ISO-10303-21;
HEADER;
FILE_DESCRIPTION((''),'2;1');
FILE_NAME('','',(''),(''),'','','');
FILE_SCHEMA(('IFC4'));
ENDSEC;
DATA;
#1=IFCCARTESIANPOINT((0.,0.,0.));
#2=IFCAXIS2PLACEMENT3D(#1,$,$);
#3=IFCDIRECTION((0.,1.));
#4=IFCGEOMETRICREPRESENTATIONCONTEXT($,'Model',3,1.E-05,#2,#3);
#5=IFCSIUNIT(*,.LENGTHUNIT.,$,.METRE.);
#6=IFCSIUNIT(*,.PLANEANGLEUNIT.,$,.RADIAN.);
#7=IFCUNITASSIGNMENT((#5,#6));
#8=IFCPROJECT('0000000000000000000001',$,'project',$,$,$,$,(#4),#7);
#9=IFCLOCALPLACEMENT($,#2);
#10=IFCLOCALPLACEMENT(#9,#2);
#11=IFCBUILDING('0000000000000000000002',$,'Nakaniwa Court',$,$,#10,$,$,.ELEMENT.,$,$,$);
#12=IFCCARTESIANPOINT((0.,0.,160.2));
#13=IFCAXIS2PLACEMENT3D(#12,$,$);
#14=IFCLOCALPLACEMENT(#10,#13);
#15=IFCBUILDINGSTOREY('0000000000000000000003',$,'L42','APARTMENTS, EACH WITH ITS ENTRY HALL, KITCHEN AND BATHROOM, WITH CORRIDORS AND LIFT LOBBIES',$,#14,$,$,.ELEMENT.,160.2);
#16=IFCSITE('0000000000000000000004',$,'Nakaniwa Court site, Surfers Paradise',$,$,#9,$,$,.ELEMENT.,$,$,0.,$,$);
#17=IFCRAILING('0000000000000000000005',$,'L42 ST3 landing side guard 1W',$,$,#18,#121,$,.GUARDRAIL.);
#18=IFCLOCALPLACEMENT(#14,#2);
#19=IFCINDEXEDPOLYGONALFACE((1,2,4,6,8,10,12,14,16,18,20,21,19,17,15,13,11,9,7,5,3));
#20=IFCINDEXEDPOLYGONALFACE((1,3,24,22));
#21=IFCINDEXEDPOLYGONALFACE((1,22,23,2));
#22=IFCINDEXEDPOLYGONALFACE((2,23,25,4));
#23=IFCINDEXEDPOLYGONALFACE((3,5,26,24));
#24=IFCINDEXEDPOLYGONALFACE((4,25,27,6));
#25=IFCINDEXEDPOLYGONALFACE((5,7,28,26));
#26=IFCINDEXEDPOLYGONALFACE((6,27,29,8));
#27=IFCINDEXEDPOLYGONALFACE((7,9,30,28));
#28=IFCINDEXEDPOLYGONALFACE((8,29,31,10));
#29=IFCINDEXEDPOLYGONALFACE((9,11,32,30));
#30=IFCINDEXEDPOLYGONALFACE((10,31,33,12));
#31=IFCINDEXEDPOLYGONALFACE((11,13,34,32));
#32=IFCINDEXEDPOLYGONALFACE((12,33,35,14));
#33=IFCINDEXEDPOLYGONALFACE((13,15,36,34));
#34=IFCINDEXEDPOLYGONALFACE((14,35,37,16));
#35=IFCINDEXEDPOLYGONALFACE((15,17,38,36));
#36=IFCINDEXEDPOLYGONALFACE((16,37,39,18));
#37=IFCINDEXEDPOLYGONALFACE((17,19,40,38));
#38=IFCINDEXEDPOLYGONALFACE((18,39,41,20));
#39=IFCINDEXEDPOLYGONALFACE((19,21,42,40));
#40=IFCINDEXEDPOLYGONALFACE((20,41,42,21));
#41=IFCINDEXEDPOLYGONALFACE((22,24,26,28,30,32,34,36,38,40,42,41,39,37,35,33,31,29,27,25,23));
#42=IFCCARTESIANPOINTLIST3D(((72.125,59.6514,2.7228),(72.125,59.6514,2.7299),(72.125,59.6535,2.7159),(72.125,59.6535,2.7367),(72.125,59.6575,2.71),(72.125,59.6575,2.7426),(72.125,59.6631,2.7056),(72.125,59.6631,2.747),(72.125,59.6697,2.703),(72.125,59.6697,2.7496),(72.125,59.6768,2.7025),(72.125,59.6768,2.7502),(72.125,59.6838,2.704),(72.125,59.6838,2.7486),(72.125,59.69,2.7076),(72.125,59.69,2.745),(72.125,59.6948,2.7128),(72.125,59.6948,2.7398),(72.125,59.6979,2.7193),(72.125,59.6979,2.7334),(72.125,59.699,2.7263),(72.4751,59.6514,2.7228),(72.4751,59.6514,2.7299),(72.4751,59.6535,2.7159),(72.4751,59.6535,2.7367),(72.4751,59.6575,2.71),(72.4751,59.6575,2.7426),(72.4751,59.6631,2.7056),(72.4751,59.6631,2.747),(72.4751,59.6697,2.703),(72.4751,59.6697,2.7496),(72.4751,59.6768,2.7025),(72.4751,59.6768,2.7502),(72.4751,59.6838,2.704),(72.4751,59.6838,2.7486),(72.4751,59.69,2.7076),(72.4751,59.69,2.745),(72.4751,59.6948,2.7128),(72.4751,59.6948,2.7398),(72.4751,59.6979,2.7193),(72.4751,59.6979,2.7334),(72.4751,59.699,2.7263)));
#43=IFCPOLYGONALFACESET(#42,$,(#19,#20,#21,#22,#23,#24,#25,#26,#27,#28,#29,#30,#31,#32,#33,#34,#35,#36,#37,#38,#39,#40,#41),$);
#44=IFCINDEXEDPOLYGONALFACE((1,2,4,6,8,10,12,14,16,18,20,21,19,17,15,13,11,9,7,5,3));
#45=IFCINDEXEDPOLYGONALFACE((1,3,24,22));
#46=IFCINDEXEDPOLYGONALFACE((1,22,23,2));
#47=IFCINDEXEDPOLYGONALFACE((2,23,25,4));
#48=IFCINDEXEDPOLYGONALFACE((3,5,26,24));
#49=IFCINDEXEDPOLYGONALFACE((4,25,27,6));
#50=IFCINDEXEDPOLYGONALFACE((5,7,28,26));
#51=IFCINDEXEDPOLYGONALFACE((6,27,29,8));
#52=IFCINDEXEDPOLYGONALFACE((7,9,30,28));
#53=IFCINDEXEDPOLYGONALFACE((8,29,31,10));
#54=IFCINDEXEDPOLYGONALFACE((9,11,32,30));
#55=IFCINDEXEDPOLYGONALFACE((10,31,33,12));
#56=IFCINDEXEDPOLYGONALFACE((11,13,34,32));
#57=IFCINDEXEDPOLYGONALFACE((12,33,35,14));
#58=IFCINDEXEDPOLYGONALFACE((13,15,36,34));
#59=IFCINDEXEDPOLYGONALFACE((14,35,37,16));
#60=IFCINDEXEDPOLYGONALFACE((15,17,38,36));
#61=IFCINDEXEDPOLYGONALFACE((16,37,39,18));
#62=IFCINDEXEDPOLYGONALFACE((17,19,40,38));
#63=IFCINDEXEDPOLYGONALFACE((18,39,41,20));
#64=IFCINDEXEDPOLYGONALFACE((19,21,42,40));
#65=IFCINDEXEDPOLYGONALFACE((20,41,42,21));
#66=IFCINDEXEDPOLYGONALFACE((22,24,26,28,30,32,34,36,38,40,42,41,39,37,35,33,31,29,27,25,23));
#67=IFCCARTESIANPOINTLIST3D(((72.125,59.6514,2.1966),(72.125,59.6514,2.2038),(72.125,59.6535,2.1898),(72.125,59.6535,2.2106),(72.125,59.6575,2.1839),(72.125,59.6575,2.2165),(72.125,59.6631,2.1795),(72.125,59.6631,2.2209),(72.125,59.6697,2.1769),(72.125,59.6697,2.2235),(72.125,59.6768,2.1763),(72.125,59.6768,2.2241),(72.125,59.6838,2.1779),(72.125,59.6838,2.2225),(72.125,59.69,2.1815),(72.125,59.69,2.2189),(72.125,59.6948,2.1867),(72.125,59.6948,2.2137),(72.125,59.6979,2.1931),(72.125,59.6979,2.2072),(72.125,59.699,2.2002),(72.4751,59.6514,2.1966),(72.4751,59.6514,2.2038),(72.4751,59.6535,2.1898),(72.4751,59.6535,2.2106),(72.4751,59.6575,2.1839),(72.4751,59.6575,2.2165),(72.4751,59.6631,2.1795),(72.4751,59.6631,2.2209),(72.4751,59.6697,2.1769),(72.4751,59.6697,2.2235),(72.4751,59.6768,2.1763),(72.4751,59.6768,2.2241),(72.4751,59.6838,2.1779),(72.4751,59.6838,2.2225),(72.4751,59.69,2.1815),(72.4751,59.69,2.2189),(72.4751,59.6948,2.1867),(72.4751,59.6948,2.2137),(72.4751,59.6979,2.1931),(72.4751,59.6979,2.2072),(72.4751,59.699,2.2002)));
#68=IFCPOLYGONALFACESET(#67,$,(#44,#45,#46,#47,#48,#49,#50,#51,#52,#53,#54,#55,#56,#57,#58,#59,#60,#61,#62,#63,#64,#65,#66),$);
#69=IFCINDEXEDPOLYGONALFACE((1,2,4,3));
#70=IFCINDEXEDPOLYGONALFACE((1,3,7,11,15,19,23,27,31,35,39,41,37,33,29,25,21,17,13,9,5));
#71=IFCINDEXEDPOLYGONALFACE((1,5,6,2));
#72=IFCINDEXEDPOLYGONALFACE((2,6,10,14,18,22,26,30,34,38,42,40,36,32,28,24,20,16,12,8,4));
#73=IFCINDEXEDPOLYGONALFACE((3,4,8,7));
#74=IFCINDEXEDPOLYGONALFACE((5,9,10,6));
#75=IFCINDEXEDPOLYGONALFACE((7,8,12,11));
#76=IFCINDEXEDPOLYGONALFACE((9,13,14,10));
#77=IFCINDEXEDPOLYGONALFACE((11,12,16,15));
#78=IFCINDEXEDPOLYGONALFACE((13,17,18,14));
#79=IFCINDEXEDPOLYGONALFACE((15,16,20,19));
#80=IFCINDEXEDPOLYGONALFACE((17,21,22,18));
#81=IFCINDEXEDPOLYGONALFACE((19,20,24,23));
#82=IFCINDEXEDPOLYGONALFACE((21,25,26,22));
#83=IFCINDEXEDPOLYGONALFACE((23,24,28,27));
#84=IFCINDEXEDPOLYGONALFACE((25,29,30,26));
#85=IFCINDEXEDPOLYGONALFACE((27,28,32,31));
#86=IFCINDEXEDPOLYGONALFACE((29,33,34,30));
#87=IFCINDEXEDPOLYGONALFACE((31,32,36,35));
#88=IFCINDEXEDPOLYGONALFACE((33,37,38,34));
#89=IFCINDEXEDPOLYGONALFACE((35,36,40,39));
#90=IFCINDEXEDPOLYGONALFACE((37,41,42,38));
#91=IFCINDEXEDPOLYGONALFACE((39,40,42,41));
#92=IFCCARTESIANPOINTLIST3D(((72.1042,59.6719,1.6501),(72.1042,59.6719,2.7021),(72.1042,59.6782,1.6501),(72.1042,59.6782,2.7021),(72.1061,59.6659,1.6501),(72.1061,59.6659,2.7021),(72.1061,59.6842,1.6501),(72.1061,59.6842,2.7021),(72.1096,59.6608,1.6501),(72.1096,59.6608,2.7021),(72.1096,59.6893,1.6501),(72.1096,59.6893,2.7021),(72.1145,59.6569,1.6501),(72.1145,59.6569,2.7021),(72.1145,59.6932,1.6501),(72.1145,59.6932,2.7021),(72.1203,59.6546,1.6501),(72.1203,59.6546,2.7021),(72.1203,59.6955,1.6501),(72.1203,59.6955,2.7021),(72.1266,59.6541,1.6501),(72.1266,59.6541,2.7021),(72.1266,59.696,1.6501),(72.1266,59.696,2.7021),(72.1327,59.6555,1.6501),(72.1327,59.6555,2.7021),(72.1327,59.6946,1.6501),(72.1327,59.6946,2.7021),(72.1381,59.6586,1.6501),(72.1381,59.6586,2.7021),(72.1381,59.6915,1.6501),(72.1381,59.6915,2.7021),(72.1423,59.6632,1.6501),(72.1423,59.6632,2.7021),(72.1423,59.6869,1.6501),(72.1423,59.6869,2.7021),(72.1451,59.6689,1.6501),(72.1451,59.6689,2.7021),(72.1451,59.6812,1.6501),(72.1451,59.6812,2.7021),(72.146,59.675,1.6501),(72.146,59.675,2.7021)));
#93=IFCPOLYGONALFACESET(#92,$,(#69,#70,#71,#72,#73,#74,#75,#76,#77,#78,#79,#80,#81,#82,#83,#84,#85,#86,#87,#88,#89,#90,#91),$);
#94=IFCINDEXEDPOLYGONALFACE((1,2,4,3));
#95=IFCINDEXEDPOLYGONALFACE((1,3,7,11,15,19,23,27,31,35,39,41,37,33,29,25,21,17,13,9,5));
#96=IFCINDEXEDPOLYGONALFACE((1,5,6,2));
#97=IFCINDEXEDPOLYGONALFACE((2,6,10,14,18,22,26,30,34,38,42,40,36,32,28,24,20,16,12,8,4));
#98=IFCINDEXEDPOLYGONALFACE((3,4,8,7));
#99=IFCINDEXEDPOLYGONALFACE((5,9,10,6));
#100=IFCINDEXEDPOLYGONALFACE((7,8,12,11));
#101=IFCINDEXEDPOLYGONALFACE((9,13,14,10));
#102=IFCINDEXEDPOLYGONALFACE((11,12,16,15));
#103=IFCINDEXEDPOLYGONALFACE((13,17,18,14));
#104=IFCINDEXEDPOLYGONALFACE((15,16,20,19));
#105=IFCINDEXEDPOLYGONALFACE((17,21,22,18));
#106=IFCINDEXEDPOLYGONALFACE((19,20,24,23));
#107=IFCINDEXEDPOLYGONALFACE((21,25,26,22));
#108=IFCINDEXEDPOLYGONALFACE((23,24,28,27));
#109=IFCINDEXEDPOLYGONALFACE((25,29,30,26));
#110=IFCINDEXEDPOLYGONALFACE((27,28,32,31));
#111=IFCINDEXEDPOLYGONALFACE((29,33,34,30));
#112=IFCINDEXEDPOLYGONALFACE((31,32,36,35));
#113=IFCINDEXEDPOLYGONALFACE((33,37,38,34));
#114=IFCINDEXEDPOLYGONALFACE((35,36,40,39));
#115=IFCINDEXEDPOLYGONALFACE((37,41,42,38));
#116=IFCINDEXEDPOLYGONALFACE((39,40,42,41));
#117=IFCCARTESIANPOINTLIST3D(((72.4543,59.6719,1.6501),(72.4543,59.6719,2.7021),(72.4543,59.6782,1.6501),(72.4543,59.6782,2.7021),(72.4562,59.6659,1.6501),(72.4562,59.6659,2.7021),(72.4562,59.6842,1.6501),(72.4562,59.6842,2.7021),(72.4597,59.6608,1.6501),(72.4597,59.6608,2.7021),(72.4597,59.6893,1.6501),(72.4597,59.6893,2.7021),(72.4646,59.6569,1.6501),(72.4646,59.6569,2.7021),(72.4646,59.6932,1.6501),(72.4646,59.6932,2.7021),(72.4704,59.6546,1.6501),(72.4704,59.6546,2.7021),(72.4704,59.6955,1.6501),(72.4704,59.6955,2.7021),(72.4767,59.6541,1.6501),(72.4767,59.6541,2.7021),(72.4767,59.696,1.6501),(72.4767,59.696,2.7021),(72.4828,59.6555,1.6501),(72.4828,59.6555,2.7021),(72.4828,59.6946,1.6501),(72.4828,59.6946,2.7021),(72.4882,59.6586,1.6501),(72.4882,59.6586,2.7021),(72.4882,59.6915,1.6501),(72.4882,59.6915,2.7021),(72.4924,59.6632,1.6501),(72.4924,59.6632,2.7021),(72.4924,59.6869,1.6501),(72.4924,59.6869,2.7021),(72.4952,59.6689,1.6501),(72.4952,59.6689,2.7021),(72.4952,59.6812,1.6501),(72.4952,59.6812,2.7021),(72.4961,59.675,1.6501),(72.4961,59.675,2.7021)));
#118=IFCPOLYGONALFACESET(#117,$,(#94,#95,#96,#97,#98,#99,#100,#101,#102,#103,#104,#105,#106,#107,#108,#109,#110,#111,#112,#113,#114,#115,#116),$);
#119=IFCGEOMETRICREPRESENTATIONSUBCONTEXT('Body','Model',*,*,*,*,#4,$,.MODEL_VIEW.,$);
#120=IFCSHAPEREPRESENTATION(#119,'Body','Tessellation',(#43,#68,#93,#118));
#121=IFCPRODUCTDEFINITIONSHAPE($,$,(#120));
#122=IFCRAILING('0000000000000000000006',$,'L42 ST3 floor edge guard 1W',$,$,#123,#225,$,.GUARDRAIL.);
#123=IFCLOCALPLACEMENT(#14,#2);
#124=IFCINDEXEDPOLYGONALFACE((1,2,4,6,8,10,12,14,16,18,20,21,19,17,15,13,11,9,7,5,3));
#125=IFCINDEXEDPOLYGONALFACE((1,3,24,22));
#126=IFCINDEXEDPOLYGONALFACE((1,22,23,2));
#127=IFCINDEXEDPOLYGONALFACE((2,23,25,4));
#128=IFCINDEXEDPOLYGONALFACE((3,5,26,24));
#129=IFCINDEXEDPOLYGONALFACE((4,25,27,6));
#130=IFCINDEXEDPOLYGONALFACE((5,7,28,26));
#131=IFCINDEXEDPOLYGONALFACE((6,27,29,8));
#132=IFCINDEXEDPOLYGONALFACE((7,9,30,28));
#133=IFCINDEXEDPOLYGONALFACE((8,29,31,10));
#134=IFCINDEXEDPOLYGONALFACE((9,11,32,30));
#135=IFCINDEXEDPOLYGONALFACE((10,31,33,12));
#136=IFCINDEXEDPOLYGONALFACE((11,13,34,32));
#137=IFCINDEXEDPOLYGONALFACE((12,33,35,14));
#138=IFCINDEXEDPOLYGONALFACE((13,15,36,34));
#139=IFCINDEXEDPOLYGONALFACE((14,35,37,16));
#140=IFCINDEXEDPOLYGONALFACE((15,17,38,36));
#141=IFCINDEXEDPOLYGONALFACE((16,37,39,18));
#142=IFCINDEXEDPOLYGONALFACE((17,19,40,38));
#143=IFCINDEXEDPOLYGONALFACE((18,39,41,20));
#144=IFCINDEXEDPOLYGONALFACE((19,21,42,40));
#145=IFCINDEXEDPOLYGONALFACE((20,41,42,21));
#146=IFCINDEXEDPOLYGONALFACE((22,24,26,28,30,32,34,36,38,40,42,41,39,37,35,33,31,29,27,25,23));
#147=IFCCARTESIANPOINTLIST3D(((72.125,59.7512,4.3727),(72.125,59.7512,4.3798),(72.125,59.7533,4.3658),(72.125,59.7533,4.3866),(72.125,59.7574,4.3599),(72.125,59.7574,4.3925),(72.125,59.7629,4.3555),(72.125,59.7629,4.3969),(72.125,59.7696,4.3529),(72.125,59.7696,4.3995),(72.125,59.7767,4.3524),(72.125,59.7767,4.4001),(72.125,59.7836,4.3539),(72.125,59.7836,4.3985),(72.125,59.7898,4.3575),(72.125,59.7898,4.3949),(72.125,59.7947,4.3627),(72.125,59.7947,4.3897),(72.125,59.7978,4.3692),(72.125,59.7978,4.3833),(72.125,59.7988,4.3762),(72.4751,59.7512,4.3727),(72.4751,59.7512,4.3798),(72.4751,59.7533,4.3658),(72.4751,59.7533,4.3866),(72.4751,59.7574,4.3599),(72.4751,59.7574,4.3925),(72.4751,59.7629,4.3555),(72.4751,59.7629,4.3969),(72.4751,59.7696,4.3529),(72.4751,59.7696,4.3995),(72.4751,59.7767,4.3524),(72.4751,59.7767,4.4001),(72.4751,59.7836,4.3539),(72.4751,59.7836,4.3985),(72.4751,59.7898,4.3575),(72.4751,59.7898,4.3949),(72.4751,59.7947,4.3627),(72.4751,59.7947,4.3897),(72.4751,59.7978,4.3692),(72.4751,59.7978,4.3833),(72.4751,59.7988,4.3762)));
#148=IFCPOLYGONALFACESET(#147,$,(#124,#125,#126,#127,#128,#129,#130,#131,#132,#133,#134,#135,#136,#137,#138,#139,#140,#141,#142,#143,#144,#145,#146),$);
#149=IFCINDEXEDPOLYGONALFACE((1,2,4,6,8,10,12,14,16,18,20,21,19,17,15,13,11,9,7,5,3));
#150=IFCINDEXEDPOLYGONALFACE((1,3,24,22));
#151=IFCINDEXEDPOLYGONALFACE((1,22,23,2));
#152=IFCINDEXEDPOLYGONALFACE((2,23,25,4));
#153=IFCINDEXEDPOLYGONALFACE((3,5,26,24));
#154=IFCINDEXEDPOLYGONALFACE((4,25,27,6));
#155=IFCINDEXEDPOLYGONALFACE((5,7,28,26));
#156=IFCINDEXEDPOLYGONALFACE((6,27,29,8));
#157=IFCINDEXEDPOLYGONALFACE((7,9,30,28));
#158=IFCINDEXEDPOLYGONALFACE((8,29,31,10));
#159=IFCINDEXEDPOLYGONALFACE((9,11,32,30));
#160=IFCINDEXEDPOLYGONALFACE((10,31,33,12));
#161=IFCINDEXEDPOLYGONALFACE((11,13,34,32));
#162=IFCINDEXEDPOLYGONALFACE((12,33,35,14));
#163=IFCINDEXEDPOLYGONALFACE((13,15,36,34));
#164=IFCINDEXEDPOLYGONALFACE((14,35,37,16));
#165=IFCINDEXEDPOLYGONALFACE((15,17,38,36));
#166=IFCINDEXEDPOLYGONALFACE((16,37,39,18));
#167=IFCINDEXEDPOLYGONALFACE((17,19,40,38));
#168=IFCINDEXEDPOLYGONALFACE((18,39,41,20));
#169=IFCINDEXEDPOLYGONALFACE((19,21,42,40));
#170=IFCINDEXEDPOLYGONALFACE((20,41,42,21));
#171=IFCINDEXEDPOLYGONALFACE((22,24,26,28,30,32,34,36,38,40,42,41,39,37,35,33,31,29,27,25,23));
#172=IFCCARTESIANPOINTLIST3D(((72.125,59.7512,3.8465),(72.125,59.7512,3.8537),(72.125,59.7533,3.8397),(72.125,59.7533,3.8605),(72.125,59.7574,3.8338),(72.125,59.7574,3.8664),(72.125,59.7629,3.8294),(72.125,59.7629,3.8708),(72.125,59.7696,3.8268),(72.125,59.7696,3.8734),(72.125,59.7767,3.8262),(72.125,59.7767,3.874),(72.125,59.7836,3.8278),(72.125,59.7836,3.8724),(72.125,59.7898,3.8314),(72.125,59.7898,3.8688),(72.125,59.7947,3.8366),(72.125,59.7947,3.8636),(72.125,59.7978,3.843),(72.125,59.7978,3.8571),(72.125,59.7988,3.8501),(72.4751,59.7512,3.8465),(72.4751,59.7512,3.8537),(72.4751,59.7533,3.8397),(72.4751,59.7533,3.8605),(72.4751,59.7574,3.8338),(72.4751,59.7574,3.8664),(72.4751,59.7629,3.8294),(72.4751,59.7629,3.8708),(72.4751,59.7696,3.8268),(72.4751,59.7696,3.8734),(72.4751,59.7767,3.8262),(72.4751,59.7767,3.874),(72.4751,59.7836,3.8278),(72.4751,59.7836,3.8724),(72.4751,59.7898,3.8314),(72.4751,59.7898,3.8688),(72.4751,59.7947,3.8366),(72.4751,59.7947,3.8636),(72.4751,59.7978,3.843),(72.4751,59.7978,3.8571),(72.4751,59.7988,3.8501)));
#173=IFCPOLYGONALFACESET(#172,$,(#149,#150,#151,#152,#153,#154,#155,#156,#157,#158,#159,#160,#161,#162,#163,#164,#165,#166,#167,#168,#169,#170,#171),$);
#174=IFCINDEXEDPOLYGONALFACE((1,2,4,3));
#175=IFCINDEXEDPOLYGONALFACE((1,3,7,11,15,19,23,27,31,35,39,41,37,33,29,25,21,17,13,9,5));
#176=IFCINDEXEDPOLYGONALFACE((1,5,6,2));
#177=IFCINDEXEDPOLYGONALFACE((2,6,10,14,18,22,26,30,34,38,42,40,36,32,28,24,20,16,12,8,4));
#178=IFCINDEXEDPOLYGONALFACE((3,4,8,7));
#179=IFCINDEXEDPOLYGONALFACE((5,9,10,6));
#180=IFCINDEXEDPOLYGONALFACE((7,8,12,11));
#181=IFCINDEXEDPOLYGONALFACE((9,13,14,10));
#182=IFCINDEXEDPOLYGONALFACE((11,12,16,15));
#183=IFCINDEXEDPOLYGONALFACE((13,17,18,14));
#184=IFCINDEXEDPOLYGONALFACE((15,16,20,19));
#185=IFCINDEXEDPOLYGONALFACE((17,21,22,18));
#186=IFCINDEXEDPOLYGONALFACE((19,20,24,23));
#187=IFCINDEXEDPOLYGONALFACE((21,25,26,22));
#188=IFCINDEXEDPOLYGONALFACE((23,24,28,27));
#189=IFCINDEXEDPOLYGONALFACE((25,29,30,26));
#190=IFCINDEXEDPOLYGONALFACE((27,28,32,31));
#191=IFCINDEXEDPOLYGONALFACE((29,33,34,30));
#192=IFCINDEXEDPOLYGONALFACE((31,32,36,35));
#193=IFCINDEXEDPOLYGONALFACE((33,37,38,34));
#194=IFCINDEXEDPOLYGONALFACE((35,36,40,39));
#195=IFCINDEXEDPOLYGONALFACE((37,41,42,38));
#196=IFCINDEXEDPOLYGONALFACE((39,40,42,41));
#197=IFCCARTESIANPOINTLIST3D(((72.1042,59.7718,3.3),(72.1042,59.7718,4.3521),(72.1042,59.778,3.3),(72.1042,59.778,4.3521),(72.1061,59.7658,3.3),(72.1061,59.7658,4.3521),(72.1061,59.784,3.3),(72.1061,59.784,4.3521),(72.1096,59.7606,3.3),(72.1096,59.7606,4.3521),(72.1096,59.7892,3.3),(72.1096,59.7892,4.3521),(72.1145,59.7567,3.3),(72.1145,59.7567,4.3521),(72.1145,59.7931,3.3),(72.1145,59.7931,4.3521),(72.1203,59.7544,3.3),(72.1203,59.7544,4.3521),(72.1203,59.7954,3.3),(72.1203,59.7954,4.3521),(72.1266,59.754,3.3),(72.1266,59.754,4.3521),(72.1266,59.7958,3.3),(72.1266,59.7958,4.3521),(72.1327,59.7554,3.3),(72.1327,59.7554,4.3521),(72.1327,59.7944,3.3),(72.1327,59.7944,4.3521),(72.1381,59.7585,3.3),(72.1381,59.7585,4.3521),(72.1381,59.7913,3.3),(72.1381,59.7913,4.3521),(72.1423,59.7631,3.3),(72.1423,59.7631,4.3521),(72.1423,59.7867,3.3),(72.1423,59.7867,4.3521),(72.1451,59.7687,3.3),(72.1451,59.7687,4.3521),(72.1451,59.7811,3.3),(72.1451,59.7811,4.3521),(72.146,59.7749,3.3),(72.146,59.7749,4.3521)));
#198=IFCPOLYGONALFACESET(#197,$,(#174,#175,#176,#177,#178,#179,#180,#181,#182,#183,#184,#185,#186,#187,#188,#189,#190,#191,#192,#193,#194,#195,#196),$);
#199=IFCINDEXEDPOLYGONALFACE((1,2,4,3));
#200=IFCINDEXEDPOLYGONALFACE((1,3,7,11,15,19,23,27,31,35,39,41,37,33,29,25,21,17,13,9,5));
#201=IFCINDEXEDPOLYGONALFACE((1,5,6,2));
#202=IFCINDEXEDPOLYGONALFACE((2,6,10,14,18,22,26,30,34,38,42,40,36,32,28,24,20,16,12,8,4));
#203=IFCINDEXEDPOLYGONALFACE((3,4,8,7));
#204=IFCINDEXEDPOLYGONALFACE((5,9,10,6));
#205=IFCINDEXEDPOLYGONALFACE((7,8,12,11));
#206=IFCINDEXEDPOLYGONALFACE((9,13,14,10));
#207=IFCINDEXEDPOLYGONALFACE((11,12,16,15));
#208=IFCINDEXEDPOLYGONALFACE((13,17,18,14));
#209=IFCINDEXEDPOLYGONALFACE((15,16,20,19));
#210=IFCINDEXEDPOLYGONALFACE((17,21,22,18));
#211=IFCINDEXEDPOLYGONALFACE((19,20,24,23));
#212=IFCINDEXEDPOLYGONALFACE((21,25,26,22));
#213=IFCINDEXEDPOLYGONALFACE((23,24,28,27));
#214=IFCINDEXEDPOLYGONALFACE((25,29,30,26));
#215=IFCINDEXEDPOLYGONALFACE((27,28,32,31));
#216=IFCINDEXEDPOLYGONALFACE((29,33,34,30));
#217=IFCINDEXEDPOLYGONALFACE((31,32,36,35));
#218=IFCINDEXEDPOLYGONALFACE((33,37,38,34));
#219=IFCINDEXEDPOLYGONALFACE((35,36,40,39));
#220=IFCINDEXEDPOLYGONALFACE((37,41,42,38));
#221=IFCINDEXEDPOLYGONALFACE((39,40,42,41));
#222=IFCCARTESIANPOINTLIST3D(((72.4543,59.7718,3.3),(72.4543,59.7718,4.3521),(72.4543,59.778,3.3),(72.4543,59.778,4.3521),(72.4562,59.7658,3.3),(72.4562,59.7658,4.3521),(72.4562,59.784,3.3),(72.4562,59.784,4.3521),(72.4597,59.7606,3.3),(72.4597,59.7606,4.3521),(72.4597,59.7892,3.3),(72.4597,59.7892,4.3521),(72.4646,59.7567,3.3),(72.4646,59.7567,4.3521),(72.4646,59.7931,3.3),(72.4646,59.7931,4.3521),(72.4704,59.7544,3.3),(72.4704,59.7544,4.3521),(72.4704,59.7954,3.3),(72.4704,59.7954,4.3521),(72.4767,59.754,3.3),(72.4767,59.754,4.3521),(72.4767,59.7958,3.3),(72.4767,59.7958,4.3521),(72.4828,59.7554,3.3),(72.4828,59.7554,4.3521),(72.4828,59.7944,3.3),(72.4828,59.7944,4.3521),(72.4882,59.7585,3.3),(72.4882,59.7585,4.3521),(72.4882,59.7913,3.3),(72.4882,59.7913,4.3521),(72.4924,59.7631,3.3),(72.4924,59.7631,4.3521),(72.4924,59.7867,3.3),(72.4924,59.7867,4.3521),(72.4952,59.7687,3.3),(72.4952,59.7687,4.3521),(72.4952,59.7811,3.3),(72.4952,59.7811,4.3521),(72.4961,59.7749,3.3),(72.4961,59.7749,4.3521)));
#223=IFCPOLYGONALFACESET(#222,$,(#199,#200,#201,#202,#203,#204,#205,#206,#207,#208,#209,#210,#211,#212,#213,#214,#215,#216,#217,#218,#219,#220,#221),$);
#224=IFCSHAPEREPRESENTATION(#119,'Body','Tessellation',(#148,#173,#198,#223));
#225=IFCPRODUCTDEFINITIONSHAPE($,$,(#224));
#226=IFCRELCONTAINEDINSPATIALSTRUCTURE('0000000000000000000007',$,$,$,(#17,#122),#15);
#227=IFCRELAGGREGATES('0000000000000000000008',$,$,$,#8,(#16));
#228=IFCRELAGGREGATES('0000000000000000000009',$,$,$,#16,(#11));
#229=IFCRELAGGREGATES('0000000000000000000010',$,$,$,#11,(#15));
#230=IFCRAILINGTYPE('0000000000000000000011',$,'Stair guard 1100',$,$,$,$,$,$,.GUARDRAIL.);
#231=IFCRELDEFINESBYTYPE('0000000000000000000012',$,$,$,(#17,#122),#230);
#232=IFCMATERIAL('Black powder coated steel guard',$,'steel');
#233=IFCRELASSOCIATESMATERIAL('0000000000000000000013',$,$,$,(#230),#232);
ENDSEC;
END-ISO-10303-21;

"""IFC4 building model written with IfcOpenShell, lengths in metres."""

from ifc_helpers import new_model, si_unit, direction, frame, origin, origin_2d, place, context, subcontext, project, spatial, circle, extrude, material, type_object, element, save


model = new_model("IFC4")

# Units and contexts
model_context = context("Model", 3, precision=1e-05, world=origin(), true_north=direction((0.0, 1.0)))
body_context = subcontext(model_context, "Body", "Model", "MODEL_VIEW")
ifc_project = project(units=[si_unit("LENGTHUNIT", "METRE"), si_unit("PLANEANGLEUNIT", "RADIAN")], contexts=[model_context])

# Site, building, storey
site_placement = place(None, origin())
site = spatial("IfcSite", under=ifc_project, at=site_placement, Name="Nakaniwa Court site, Surfers Paradise", CompositionType="ELEMENT", RefElevation=0.0)
building_placement = place(site_placement, origin())
building = spatial("IfcBuilding", under=site, at=building_placement, Name="Nakaniwa Court", CompositionType="ELEMENT")
storey_placement = place(building_placement, frame((0.0, 0.0, 160.2)))
storey = spatial("IfcBuildingStorey", under=building, at=storey_placement, Name="L42", Description="APARTMENTS, EACH WITH ITS ENTRY HALL, KITCHEN AND BATHROOM, WITH CORRIDORS AND LIFT LOBBIES", CompositionType="ELEMENT", Elevation=160.2)

# Railings
ifc_material_1 = material(Name="Black powder coated steel guard", Category="steel")
railing_type_1 = type_object("IfcRailingType", Name="Stair guard 1100", PredefinedType="GUARDRAIL", material=ifc_material_1)
for number, where, name in (
    (1, (72.125, 59.675, 1.6501), "L42 ST3 landing side guard 1W"),
    (2, (72.125, 59.7749, 3.3), "L42 ST3 floor edge guard 1W"),
):
    element("IfcRailing", number, at=place(storey_placement, frame(where)), inside=storey, type_object=railing_type_1, Name=name, PredefinedType="GUARDRAIL", context=body_context, shape_type="SweptSolid", body=[
        extrude(circle(Radius=0.0239, at=origin_2d()), frame((0.0, 0.0, 1.0762), z_axis=(1.0, 0.0, 0.0), x_axis=(0.0, 1.0, 0.0)), (0.0, 0.0, 1.0), 0.3501),
        extrude(circle(Radius=0.0239, at=origin_2d()), frame((0.0, 0.0, 0.55), z_axis=(1.0, 0.0, 0.0), x_axis=(0.0, 1.0, 0.0)), (0.0, 0.0, 1.0), 0.3501),
        extrude(circle(Radius=0.021, at=origin_2d()), origin(), (0.0, 0.0, 1.0), 1.052),
        extrude(circle(Radius=0.021, at=origin_2d()), frame((0.3501, 0.0, 0.0)), (0.0, 0.0, 1.0), 1.052),
    ])

save(model, "model.ifc")
